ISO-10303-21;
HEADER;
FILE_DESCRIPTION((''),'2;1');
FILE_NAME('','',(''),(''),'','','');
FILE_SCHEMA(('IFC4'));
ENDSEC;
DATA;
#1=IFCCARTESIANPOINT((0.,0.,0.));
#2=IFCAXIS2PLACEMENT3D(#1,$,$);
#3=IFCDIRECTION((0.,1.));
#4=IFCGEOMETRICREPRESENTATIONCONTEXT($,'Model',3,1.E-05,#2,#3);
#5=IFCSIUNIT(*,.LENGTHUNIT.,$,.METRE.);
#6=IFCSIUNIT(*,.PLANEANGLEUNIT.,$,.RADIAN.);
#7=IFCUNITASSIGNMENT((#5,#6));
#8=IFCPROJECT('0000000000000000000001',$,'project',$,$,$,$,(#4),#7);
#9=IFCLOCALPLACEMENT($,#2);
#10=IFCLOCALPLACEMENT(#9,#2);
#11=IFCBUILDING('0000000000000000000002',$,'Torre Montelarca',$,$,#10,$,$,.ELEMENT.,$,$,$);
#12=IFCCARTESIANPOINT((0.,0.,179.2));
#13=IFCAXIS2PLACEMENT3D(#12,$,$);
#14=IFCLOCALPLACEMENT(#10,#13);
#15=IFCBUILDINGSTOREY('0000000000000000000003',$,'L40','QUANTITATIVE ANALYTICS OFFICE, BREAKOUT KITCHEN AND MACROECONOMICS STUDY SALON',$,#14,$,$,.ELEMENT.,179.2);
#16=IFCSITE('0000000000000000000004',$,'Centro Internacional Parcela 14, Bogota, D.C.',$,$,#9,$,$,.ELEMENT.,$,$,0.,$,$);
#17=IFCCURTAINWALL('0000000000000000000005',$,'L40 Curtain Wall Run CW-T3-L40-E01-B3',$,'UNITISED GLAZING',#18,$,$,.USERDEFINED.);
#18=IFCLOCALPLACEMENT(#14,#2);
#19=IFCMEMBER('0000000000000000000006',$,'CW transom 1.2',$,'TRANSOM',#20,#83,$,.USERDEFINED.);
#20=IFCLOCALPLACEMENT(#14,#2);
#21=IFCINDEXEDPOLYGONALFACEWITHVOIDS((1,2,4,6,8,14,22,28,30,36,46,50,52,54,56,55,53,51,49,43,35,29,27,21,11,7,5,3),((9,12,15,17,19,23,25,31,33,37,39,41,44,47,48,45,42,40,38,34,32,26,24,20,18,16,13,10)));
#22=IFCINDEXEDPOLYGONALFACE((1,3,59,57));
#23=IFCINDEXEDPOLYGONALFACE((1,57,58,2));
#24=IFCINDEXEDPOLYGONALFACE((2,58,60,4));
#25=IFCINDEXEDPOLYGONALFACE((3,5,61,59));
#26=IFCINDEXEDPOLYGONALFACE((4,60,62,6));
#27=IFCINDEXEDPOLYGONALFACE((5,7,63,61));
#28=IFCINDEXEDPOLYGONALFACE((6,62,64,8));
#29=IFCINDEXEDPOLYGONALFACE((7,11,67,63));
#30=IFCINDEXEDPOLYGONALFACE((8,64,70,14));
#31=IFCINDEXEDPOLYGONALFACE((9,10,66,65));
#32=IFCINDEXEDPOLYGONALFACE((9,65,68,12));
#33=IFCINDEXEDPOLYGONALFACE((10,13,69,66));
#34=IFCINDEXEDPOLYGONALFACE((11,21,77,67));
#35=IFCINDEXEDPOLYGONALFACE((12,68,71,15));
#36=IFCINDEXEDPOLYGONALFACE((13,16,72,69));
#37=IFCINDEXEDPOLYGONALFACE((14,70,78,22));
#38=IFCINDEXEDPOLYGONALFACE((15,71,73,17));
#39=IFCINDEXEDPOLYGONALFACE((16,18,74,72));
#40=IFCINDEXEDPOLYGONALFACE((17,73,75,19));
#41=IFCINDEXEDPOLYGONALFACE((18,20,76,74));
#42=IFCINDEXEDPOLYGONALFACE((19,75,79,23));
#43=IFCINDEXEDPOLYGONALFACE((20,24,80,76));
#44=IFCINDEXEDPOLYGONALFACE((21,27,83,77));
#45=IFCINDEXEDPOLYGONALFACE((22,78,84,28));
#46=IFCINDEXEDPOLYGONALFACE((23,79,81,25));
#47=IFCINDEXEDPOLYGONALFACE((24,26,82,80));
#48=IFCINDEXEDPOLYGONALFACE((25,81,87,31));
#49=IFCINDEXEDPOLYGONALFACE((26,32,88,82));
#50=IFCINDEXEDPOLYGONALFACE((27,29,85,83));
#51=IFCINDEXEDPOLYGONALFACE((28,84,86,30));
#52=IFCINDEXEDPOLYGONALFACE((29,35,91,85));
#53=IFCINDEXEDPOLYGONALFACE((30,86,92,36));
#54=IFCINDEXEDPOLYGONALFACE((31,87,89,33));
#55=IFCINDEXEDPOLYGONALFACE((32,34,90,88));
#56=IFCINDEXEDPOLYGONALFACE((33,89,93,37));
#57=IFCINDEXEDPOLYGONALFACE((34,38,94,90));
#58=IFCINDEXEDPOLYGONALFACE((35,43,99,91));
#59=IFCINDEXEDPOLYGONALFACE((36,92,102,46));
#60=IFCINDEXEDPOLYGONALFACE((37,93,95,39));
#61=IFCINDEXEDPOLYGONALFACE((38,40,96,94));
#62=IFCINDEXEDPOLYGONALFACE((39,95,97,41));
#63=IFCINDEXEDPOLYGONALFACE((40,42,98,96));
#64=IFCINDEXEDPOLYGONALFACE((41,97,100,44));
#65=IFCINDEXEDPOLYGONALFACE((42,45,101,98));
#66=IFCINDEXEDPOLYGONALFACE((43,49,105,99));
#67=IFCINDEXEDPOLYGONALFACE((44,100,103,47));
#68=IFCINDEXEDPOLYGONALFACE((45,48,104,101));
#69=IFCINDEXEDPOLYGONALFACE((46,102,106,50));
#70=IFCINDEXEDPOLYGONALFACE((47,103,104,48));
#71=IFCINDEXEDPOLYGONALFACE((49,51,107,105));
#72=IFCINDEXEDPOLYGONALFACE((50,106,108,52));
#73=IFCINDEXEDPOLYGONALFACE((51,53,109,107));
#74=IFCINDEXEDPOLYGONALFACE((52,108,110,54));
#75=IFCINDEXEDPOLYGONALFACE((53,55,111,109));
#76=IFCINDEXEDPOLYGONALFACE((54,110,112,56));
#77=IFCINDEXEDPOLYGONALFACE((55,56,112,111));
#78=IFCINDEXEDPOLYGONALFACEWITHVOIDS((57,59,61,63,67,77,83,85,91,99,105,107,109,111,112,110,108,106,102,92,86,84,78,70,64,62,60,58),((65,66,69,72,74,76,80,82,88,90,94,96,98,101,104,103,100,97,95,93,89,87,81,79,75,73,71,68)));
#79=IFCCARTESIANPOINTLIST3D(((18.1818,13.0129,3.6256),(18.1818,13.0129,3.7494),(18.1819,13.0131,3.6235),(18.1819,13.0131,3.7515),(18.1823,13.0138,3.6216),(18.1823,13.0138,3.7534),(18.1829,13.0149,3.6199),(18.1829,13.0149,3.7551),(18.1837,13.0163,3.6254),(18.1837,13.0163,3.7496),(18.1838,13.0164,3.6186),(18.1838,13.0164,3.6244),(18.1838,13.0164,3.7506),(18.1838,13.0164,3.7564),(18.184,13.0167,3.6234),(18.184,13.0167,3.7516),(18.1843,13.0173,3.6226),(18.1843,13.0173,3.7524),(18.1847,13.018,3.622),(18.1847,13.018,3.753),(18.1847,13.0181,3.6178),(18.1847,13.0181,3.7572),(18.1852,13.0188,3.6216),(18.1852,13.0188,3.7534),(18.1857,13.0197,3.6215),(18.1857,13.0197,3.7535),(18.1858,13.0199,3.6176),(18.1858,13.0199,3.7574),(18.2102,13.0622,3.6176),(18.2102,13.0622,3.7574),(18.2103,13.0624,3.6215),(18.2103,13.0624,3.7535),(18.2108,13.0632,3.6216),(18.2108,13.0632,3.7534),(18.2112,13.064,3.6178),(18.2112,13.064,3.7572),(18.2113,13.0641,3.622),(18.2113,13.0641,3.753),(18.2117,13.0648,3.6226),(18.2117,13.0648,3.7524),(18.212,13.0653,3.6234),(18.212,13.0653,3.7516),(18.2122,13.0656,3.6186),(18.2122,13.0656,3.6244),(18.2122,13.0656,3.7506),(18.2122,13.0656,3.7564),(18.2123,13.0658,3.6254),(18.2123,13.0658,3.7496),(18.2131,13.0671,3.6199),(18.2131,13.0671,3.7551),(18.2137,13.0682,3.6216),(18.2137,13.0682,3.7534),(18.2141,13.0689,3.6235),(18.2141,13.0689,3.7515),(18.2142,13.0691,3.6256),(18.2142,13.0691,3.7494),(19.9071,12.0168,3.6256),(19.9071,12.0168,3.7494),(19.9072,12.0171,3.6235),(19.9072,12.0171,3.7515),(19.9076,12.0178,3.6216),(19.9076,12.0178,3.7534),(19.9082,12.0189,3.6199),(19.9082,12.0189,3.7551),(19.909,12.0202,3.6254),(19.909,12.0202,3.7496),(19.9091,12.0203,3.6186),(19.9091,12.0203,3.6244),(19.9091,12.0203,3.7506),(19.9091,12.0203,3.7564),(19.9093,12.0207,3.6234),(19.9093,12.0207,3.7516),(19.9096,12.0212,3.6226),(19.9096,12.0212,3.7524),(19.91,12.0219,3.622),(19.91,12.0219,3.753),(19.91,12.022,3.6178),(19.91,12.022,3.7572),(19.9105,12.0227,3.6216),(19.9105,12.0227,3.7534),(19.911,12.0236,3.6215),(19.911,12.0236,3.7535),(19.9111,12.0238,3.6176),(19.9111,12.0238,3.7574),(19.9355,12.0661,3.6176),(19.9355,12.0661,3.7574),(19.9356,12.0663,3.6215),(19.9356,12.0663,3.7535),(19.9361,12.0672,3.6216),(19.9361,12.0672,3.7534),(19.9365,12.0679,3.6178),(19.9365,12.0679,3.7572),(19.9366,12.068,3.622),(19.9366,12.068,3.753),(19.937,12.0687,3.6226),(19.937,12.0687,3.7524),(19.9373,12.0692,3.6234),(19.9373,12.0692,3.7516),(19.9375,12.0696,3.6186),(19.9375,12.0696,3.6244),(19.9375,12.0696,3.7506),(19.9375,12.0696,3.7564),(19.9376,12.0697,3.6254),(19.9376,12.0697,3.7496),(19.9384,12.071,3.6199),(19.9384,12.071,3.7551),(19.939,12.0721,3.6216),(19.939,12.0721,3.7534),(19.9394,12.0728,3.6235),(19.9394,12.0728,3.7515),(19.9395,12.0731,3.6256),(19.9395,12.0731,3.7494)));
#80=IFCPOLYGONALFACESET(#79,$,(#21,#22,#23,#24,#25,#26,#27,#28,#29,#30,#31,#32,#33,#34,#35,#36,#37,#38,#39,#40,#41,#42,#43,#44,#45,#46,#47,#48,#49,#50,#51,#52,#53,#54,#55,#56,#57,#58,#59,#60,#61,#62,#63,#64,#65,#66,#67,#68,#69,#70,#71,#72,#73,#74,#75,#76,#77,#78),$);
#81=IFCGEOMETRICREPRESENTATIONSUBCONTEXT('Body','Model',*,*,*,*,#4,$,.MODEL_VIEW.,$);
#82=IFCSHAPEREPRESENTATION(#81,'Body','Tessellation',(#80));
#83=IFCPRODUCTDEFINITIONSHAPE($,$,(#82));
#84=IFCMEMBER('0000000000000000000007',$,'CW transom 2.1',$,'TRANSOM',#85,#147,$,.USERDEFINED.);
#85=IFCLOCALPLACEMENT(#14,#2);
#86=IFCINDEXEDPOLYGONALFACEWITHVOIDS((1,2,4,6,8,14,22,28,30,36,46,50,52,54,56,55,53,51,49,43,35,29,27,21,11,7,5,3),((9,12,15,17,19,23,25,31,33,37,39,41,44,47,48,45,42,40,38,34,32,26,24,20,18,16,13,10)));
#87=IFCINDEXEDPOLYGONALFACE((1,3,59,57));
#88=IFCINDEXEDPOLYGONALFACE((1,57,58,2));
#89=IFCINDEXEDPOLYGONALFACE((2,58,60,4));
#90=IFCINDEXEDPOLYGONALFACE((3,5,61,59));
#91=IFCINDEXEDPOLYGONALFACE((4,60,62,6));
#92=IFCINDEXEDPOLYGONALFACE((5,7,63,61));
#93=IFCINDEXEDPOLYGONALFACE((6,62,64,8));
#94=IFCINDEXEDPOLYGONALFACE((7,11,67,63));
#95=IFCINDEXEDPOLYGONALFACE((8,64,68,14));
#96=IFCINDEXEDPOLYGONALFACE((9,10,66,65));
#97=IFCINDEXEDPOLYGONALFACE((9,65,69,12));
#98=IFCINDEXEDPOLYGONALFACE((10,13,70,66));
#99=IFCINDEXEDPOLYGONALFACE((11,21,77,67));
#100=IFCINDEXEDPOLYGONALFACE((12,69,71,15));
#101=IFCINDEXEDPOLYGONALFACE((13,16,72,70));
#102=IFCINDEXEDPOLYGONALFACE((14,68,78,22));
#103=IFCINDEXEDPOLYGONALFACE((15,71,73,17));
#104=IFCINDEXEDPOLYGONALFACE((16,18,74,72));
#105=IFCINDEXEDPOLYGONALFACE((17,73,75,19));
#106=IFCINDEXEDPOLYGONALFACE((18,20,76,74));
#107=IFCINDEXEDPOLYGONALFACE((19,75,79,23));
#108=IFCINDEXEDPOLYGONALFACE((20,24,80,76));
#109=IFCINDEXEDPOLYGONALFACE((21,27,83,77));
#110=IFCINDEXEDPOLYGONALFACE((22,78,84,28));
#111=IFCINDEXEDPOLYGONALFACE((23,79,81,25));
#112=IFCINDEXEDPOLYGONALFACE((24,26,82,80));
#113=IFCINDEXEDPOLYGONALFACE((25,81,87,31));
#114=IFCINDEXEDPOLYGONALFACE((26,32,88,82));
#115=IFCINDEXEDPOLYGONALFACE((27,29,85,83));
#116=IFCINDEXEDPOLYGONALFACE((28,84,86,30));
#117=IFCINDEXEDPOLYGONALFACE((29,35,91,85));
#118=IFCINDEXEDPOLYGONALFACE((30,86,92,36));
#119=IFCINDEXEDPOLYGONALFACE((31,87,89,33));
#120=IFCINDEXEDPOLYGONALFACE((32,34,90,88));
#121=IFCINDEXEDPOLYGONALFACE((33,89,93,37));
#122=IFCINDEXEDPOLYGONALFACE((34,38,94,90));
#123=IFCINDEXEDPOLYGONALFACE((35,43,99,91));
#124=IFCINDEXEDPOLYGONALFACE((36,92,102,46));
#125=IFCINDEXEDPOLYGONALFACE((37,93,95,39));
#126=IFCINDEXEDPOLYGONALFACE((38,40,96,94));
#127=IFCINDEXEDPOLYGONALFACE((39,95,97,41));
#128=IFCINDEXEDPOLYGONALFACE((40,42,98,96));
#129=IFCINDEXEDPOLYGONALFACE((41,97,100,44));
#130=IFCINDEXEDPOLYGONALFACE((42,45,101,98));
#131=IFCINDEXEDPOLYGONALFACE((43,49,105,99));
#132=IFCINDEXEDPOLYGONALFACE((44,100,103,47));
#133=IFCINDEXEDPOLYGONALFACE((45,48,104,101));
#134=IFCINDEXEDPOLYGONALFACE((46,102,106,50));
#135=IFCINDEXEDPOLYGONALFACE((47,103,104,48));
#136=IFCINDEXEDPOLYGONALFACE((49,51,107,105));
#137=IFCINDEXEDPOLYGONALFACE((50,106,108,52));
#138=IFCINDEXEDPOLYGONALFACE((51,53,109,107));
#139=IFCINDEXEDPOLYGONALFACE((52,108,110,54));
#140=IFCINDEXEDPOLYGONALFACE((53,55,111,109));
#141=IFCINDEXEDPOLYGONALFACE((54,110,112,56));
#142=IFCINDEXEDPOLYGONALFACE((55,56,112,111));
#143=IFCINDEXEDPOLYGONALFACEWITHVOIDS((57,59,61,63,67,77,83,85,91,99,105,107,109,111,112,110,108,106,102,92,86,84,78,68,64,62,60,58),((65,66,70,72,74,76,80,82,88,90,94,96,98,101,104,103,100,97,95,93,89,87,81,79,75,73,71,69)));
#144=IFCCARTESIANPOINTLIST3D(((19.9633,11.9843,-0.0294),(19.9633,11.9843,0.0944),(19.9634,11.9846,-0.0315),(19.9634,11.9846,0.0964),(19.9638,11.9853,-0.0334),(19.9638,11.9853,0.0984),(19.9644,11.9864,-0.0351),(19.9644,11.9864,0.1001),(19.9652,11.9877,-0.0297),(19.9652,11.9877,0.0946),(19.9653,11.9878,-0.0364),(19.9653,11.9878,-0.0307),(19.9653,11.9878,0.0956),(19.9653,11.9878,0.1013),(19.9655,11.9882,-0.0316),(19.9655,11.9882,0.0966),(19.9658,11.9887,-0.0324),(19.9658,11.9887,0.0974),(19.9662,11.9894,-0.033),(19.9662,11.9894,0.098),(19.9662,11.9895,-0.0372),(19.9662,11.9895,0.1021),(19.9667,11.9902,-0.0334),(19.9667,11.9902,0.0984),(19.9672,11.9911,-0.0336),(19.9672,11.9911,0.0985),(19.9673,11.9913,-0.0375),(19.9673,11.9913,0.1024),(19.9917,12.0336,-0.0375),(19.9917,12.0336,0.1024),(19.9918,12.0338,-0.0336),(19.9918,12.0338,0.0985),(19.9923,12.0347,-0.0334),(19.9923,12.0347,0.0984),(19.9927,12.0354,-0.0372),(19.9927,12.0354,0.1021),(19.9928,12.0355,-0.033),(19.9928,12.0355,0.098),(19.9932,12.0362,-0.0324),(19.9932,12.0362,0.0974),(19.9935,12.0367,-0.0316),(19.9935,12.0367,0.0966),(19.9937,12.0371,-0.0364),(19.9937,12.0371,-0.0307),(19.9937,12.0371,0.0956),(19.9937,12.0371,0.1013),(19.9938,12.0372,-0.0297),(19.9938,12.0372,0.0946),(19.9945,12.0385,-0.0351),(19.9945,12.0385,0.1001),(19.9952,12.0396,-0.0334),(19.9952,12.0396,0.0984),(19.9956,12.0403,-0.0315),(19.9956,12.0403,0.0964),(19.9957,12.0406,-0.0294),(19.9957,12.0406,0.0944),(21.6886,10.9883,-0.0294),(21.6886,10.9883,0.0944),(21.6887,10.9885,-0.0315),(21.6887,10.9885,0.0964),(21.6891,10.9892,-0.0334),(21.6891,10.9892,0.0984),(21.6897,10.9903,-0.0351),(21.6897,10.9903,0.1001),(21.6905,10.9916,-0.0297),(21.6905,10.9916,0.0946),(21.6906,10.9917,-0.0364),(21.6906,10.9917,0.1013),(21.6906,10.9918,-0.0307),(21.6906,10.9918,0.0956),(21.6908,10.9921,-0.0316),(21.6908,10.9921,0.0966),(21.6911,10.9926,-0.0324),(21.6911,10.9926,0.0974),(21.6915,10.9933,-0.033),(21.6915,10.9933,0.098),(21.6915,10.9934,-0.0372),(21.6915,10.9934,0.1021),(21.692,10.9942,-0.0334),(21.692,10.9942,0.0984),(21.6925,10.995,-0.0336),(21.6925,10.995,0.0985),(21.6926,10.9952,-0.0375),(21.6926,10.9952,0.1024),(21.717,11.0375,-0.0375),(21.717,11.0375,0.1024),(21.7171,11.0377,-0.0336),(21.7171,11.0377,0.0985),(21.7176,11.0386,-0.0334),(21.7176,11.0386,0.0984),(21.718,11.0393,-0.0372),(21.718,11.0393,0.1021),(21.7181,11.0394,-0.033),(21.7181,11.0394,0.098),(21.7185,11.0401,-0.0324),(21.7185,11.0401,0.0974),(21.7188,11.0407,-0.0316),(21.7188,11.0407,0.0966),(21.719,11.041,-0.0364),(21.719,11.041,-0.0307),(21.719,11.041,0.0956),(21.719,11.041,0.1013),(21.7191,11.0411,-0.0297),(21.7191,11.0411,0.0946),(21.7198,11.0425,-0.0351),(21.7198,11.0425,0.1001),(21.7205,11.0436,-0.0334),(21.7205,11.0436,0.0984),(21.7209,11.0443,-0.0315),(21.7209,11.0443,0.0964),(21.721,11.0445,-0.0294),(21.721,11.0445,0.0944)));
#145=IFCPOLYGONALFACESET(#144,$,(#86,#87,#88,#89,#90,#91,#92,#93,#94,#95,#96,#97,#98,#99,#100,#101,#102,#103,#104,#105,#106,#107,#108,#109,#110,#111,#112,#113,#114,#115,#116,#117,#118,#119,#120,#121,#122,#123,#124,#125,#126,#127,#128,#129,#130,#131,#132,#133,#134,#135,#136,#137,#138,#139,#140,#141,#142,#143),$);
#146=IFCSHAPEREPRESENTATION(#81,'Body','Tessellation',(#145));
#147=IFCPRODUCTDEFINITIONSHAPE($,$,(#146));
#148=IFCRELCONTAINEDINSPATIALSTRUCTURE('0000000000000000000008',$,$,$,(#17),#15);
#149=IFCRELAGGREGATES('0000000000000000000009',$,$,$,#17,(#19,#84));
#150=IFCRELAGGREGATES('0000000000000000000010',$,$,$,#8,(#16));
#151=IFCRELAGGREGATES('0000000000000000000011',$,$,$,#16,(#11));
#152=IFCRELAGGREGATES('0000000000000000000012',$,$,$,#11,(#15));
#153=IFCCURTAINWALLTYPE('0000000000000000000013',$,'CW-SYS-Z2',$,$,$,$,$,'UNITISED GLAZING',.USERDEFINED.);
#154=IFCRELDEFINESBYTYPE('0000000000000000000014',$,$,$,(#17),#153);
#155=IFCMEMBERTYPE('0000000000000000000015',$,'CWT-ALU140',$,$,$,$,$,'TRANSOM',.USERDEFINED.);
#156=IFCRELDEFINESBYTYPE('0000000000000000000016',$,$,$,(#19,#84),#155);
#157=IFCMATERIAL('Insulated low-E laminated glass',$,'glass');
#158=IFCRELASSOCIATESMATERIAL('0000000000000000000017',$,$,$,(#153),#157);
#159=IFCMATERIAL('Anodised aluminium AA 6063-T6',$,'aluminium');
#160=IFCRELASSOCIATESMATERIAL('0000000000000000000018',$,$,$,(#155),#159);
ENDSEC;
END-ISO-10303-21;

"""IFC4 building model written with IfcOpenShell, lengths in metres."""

from ifc_helpers import new_model, si_unit, direction, frame, origin, origin_2d, place, context, subcontext, project, spatial, hollow_rectangle, extrude, source, transform, mapped, material, material_profile, profile_set, type_object, element, aggregate, save


model = new_model("IFC4")

# Units and contexts
model_context = context("Model", 3, precision=1e-05, world=origin(), true_north=direction((0.0, 1.0)))
body_context = subcontext(model_context, "Body", "Model", "MODEL_VIEW")
ifc_project = project(units=[si_unit("LENGTHUNIT", "METRE"), si_unit("PLANEANGLEUNIT", "RADIAN")], contexts=[model_context])

# Site, building, storey
site_placement = place(None, origin())
site = spatial("IfcSite", under=ifc_project, at=site_placement, Name="Centro Internacional Parcela 14, Bogota, D.C.", CompositionType="ELEMENT", RefElevation=0.0)
building_placement = place(site_placement, origin())
building = spatial("IfcBuilding", under=site, at=building_placement, Name="Torre Montelarca", CompositionType="ELEMENT")
storey_placement = place(building_placement, frame((0.0, 0.0, 179.2)))
storey = spatial("IfcBuildingStorey", under=building, at=storey_placement, Name="L40", Description="QUANTITATIVE ANALYTICS OFFICE, BREAKOUT KITCHEN AND MACROECONOMICS STUDY SALON", CompositionType="ELEMENT", Elevation=179.2)

# Shared definitions
ifc_material_1 = material(Name="Insulated low-E laminated glass", Category="glass")
curtain_wall_type = type_object("IfcCurtainWallType", Name="CW-SYS-Z2", ElementType="UNITISED GLAZING", PredefinedType="USERDEFINED", material=ifc_material_1)
ifc_material_2 = material(Name="Anodised aluminium AA 6063-T6", Category="aluminium")
ifc_material_profile_1 = material_profile(ifc_material_2, hollow_rectangle(XDim=0.0649, YDim=0.1399, WallThickness=0.0039, InnerFilletRadius=0.0039, OuterFilletRadius=0.0081, at=origin_2d()), Name="ALU65X140X4", Category="aluminium")
ifc_profile_set_1 = profile_set([ifc_material_profile_1], Name="Anodised aluminium AA 6063-T6")
member_type_1 = type_object("IfcMemberType", Name="CWT-ALU140", ElementType="TRANSOM", PredefinedType="USERDEFINED", material=ifc_profile_set_1)

# Curtain wall
curtain_wall_1_placement = place(storey_placement, origin())
curtain_wall_1 = element("IfcCurtainWall", 1, at=curtain_wall_1_placement, inside=storey, type_object=curtain_wall_type, Name="L40 Curtain Wall Run CW-T3-L40-E01-B3", ObjectType="UNITISED GLAZING", PredefinedType="USERDEFINED")

# Members
shared_shape_1 = source(origin(), body_context, "Body", "SweptSolid", [
    extrude(hollow_rectangle(XDim=0.0649, YDim=0.1399, WallThickness=0.0039, InnerFilletRadius=0.0039, OuterFilletRadius=0.0081, at=origin_2d()), origin(), (0.0, 0.0, 1.0), 1.9922),
])
member_1_placement = place(storey_placement, frame((18.198, 13.041, 3.6875), z_axis=(0.866033, -0.499988, 0.0), x_axis=(0.499988, 0.866033, 0.0)))
member_1 = element("IfcMember", 2, at=member_1_placement, type_object=member_type_1, Name="CW transom 1.2", ObjectType="TRANSOM", PredefinedType="USERDEFINED", context=body_context, shape_type="MappedRepresentation", body=[
    mapped(shared_shape_1, transform((0.0, 0.0, 0.0), scale=1.0)),
])
member_2_placement = place(storey_placement, frame((19.9795, 12.0125, 0.0325), z_axis=(0.866033, -0.499988, 0.0), x_axis=(0.499988, 0.866033, 0.0)))
member_2 = element("IfcMember", 3, at=member_2_placement, type_object=member_type_1, Name="CW transom 2.1", ObjectType="TRANSOM", PredefinedType="USERDEFINED", context=body_context, shape_type="MappedRepresentation", body=[
    mapped(shared_shape_1, transform((0.0, 0.0, 0.0), scale=1.0)),
])

aggregate(curtain_wall_1, [member_1, member_2])

save(model, "model.ifc")
